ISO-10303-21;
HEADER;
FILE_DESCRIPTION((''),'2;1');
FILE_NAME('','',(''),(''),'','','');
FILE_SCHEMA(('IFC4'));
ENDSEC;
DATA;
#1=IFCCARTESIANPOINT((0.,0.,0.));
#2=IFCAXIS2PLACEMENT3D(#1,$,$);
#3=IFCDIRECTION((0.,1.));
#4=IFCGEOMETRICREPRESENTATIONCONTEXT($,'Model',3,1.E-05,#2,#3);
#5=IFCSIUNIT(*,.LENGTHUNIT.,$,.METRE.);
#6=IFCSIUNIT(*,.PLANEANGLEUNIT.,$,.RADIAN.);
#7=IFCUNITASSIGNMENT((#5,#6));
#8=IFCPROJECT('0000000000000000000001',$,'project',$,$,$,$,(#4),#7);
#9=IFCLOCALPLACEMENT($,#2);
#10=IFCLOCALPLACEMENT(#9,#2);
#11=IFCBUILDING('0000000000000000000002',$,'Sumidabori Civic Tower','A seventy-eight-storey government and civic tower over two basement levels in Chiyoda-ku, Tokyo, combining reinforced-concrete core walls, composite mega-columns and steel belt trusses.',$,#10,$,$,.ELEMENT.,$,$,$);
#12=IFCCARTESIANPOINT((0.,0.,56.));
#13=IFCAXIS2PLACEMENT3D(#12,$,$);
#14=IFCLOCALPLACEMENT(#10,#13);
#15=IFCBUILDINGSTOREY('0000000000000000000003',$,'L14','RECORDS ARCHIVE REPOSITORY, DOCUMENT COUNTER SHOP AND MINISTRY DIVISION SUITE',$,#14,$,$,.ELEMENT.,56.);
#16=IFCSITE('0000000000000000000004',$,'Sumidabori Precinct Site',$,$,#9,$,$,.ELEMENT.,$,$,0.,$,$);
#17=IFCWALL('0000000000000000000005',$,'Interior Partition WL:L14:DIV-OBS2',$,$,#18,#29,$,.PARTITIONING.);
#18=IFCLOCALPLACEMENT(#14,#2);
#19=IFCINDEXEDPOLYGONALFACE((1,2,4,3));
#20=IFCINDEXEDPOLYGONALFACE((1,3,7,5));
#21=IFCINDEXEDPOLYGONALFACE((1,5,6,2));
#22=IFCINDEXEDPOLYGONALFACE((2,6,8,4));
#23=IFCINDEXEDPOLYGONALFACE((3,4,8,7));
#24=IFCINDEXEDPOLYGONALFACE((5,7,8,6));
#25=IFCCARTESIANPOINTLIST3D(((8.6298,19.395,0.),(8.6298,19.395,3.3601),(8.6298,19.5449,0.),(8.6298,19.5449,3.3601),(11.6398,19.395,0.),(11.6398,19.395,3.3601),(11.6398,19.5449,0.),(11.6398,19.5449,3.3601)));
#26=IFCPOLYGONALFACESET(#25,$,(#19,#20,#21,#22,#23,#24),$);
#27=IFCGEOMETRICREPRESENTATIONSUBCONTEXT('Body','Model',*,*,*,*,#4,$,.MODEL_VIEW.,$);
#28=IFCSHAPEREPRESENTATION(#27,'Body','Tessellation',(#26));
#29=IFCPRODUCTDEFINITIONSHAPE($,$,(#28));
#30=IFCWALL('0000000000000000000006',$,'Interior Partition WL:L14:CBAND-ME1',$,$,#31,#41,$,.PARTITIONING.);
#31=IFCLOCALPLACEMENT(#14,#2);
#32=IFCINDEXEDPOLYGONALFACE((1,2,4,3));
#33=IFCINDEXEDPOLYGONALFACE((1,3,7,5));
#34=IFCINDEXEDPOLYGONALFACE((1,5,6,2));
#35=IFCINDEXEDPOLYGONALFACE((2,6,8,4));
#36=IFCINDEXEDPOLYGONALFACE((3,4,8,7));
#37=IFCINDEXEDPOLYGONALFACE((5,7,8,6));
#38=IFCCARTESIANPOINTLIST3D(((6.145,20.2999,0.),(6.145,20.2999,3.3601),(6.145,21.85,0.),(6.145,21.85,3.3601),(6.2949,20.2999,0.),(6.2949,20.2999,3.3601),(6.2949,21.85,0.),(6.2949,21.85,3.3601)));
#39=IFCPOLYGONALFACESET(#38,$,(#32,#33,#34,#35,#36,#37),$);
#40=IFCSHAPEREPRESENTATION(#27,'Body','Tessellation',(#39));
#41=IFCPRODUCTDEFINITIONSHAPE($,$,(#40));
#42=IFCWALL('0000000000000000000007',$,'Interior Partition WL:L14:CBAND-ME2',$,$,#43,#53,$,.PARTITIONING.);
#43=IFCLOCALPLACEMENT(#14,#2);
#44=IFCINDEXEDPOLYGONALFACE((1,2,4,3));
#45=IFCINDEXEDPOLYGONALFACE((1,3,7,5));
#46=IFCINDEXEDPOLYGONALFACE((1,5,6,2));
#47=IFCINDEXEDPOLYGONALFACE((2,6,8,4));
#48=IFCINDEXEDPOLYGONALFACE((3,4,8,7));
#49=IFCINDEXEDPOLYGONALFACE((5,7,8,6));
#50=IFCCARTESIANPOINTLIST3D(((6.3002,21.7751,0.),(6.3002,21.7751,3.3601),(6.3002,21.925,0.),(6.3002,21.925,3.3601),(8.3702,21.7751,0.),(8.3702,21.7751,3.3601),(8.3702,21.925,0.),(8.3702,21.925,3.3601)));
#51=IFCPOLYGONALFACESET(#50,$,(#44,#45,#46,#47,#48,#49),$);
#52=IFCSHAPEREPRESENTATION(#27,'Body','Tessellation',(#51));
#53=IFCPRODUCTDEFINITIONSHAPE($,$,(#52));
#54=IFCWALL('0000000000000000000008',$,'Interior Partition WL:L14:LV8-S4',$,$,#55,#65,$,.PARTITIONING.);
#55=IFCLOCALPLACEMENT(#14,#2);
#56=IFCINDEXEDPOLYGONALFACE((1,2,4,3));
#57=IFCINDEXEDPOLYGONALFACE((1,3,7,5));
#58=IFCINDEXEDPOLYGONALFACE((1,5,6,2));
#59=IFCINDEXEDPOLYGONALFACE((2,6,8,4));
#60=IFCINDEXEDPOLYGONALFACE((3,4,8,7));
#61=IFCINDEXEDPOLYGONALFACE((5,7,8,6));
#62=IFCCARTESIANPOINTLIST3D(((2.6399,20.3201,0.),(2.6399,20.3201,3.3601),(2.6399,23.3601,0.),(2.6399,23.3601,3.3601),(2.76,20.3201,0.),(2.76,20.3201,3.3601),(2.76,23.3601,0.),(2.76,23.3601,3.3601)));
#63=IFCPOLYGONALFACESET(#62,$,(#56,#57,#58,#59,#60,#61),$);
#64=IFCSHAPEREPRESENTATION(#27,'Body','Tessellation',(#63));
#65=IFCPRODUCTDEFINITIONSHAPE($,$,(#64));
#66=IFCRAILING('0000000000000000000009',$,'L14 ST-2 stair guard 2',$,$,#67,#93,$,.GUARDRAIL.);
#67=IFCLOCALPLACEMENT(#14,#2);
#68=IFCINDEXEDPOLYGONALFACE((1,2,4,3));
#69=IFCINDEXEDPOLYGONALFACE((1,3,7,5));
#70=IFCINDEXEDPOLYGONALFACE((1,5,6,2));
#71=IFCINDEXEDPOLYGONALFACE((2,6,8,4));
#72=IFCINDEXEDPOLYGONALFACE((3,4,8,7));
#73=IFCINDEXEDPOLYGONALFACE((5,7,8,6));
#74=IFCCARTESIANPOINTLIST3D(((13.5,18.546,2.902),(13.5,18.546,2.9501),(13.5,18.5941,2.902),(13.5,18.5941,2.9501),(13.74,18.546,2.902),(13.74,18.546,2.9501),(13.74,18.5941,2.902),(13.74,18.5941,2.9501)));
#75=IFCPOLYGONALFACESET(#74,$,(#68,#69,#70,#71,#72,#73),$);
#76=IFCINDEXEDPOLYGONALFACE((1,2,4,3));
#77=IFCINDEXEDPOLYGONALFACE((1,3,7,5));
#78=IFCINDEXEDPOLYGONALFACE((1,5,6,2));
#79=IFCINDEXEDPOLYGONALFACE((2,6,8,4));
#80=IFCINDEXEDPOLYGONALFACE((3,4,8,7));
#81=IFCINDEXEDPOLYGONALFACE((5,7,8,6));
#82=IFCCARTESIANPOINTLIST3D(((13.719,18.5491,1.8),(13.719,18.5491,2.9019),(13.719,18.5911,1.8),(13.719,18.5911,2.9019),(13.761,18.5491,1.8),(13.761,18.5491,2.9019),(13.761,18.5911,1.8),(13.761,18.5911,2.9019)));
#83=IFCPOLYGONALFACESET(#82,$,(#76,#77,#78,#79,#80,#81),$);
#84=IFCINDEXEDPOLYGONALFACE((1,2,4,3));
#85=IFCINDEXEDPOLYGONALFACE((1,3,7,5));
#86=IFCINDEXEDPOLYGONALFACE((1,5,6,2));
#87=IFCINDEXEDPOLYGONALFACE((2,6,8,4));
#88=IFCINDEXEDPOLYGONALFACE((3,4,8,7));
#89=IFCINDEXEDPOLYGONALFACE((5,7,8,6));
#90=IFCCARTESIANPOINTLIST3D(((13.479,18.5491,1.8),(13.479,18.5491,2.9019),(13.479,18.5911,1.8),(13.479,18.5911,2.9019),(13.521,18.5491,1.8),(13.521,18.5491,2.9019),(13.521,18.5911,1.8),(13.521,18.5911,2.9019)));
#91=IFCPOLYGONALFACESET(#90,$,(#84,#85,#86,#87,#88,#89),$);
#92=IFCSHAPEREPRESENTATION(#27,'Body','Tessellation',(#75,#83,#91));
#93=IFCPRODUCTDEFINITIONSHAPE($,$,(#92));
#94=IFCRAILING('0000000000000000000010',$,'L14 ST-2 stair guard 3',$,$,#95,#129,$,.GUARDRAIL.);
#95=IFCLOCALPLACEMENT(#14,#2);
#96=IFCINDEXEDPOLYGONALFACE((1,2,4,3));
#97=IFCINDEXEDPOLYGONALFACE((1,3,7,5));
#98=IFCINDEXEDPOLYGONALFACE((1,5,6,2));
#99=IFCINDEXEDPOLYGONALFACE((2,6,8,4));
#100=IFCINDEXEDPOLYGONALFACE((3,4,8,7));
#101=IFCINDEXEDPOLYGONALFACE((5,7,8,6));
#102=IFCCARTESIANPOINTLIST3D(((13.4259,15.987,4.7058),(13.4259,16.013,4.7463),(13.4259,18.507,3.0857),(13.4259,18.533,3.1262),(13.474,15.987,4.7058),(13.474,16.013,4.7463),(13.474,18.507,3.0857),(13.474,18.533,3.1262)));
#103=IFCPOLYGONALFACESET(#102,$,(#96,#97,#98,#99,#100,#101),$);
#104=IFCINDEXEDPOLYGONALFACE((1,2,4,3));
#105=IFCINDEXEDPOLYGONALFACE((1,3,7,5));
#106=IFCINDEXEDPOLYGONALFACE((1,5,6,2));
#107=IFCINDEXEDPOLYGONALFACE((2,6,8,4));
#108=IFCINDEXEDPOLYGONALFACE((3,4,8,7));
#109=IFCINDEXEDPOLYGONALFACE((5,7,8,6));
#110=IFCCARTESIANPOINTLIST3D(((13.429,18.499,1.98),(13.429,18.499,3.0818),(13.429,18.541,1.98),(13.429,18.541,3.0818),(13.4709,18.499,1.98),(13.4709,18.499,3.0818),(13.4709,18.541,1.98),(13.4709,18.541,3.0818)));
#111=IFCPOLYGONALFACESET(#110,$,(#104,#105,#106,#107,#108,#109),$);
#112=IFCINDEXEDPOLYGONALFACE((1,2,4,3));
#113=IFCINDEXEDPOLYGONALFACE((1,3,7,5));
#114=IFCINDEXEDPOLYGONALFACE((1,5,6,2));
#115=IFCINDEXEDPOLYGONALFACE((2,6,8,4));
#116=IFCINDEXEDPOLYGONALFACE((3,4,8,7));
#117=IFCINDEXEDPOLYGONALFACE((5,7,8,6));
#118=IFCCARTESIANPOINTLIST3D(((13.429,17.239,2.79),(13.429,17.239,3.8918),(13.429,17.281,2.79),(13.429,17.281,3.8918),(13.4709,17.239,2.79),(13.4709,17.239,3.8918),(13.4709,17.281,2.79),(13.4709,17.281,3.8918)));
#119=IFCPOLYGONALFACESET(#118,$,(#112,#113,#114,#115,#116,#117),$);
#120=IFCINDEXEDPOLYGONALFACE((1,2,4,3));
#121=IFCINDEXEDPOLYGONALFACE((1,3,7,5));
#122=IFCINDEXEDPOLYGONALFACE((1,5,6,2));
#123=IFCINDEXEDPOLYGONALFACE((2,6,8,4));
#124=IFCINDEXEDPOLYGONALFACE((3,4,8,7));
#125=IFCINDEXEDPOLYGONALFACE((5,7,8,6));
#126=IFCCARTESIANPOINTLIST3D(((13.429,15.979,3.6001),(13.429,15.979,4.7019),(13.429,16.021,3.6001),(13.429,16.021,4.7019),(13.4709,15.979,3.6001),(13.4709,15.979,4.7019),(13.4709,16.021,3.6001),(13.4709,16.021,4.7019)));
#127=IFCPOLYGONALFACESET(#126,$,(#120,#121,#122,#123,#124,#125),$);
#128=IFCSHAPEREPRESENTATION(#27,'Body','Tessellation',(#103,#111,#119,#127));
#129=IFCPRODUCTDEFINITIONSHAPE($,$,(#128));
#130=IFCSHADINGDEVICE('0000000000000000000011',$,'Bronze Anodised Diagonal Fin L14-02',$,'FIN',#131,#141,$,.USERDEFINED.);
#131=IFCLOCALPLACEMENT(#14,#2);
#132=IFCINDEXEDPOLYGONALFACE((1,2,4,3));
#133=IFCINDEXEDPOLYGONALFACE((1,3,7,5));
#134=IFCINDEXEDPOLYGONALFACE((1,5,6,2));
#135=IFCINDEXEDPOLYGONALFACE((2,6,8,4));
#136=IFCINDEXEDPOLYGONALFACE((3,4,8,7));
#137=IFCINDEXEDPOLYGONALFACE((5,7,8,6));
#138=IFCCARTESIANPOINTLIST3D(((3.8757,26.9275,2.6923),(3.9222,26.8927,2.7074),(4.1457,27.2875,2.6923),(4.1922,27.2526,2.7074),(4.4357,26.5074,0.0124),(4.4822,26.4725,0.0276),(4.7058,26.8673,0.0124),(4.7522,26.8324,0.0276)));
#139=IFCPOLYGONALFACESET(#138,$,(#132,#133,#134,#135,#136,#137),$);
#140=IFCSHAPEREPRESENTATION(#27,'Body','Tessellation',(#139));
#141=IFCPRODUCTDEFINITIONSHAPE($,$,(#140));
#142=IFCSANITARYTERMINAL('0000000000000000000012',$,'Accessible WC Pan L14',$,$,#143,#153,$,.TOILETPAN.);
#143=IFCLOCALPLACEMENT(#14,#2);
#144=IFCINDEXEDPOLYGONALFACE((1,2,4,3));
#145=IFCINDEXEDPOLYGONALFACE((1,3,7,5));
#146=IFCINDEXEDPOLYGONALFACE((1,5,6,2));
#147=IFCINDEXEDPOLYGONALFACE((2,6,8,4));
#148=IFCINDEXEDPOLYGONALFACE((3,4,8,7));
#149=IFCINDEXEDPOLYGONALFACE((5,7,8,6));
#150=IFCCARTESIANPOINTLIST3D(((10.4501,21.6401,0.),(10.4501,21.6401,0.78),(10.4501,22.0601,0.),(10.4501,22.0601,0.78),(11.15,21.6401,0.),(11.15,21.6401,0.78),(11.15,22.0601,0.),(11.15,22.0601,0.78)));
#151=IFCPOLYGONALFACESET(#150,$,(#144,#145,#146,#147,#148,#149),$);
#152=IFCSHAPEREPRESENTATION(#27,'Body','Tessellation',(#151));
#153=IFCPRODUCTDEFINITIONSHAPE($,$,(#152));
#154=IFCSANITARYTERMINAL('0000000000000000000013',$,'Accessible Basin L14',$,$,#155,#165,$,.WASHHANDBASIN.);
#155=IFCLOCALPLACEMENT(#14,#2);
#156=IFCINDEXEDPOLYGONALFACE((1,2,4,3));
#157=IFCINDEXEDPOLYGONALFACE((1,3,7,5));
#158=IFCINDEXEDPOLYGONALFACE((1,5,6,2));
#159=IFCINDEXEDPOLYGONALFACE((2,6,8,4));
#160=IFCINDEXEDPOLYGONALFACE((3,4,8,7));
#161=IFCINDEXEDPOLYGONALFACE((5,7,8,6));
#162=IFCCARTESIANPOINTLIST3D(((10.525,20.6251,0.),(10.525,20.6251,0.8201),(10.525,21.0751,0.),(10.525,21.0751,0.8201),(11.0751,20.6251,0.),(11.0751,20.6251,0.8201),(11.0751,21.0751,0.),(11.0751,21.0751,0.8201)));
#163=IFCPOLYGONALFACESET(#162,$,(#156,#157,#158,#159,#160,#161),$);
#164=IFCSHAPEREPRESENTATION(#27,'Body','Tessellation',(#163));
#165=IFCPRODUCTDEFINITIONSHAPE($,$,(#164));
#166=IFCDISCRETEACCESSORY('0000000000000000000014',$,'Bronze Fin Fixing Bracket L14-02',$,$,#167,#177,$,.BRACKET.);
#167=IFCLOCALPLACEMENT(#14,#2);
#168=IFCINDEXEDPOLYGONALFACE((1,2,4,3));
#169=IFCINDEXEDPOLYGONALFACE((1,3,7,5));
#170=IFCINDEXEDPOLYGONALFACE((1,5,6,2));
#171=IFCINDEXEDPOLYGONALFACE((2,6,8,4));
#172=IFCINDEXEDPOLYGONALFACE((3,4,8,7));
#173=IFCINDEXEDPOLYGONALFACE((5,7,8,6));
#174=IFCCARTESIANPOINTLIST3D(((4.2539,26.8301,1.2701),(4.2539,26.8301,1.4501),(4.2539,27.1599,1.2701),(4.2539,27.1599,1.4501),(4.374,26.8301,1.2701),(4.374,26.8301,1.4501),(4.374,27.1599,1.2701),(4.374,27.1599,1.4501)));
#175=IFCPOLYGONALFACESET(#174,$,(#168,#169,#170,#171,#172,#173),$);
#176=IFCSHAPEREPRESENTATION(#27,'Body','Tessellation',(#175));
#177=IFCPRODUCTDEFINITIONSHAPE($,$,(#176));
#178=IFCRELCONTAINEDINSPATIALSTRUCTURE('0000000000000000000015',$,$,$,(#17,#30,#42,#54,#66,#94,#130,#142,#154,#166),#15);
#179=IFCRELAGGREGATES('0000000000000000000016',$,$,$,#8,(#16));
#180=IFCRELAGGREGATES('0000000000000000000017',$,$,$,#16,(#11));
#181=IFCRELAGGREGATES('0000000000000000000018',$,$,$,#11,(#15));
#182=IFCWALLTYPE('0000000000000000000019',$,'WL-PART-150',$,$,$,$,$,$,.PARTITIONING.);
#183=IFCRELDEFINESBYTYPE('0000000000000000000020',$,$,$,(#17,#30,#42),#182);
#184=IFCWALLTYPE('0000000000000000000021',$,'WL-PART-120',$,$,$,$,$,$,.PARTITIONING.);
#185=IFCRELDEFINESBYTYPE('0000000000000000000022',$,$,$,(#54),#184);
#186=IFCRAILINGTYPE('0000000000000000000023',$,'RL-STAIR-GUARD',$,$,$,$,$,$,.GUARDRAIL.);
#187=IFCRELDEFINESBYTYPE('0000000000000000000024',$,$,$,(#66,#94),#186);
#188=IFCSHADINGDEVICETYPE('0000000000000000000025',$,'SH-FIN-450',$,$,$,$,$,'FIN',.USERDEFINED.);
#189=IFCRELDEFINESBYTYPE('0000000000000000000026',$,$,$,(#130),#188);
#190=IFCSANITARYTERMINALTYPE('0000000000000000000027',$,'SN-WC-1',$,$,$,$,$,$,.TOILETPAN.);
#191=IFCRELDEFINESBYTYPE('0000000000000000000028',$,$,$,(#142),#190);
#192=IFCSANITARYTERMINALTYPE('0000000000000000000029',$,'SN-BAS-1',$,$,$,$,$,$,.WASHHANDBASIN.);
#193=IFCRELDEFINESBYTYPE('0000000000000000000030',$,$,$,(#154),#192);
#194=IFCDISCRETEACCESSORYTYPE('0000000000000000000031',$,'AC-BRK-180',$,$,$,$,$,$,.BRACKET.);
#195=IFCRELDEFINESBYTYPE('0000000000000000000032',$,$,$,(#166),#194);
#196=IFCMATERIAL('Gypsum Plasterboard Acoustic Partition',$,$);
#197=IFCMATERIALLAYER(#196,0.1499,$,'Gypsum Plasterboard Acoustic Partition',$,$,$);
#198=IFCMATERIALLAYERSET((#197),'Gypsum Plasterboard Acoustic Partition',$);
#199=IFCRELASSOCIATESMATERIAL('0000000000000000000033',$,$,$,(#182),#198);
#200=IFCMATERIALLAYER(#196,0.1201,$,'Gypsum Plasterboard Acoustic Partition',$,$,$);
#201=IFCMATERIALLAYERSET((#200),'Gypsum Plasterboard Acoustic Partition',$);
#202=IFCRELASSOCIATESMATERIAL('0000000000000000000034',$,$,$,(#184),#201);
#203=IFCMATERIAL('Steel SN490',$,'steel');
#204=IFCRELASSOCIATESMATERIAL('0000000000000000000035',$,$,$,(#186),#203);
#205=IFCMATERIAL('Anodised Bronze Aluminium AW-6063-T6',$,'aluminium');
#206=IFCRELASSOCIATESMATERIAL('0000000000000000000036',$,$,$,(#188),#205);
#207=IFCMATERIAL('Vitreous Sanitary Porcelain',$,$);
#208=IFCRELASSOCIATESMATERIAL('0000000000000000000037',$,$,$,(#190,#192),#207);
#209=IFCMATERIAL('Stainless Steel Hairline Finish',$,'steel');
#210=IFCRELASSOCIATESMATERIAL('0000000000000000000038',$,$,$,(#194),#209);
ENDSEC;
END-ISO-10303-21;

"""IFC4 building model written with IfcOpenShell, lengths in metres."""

from ifc_helpers import new_model, si_unit, direction, frame, frame_2d, origin, origin_2d, place, context, subcontext, project, spatial, rectangle, extrude, source, transform, mapped, material, layer, layer_set, material_profile, profile_set, type_object, element, save


model = new_model("IFC4")

# Units and contexts
model_context = context("Model", 3, precision=1e-05, world=origin(), true_north=direction((0.0, 1.0)))
body_context = subcontext(model_context, "Body", "Model", "MODEL_VIEW")
ifc_project = project(units=[si_unit("LENGTHUNIT", "METRE"), si_unit("PLANEANGLEUNIT", "RADIAN")], contexts=[model_context])

# Site, building, storey
site_placement = place(None, origin())
site = spatial("IfcSite", under=ifc_project, at=site_placement, Name="Sumidabori Precinct Site", CompositionType="ELEMENT", RefElevation=0.0)
building_placement = place(site_placement, origin())
building = spatial("IfcBuilding", under=site, at=building_placement, Name="Sumidabori Civic Tower", Description="A seventy-eight-storey government and civic tower over two basement levels in Chiyoda-ku, Tokyo, combining reinforced-concrete core walls, composite mega-columns and steel belt trusses.", CompositionType="ELEMENT")
storey_placement = place(building_placement, frame((0.0, 0.0, 56.0)))
storey = spatial("IfcBuildingStorey", under=building, at=storey_placement, Name="L14", Description="RECORDS ARCHIVE REPOSITORY, DOCUMENT COUNTER SHOP AND MINISTRY DIVISION SUITE", CompositionType="ELEMENT", Elevation=56.0)

# Shared definitions
ifc_material_1 = material(Name="Steel SN490", Category="steel")

# Shared definitions
ifc_material_2 = material(Name="Anodised Bronze Aluminium AW-6063-T6", Category="aluminium")

# Walls
ifc_material_3 = material(Name="Gypsum Plasterboard Acoustic Partition")
ifc_layer_1 = layer(ifc_material_3, 0.1499, Name="Gypsum Plasterboard Acoustic Partition")
ifc_layer_set_1 = layer_set([ifc_layer_1], Name="Gypsum Plasterboard Acoustic Partition")
wall_type_1 = type_object("IfcWallType", Name="WL-PART-150", PredefinedType="PARTITIONING", material=ifc_layer_set_1)
shared_shape_1 = source(origin(), body_context, "Body", "SweptSolid", [
    extrude(rectangle(XDim=3.01, YDim=0.1499, at=frame_2d((1.5049, 0.0))), origin(), (0.0, 0.0, 1.0), 3.3601),
])
wall_1_placement = place(storey_placement, frame((8.6299, 19.47, 0.0), z_axis=(0.0, 0.0, 1.0), x_axis=(1.0, 0.0, 0.0)))
element("IfcWall", 1, at=wall_1_placement, inside=storey, type_object=wall_type_1, Name="Interior Partition WL:L14:DIV-OBS2", PredefinedType="PARTITIONING", context=body_context, shape_type="MappedRepresentation", body=[
    mapped(shared_shape_1, transform((0.0, 0.0, 0.0), x_axis=(1.0, 0.0, 0.0), y_axis=(0.0, 1.0, 0.0), z_axis=(0.0, 0.0, 1.0), scale=1.0)),
])
shared_shape_2 = source(origin(), body_context, "Body", "SweptSolid", [
    extrude(rectangle(XDim=1.55, YDim=0.1499, at=frame_2d((0.7749, 0.0))), origin(), (0.0, 0.0, 1.0), 3.3601),
])
wall_2_placement = place(storey_placement, frame((6.22, 20.3, 0.0), z_axis=(0.0, 0.0, 1.0), x_axis=(0.0, 1.0, 0.0)))
element("IfcWall", 2, at=wall_2_placement, inside=storey, type_object=wall_type_1, Name="Interior Partition WL:L14:CBAND-ME1", PredefinedType="PARTITIONING", context=body_context, shape_type="MappedRepresentation", body=[
    mapped(shared_shape_2, transform((0.0, 0.0, 0.0), x_axis=(1.0, 0.0, 0.0), y_axis=(0.0, 1.0, 0.0), z_axis=(0.0, 0.0, 1.0), scale=1.0)),
])
shared_shape_3 = source(origin(), body_context, "Body", "SweptSolid", [
    extrude(rectangle(XDim=2.0701, YDim=0.1499, at=frame_2d((1.0352, 0.0))), origin(), (0.0, 0.0, 1.0), 3.3601),
])
wall_3_placement = place(storey_placement, frame((6.3, 21.8501, 0.0), z_axis=(0.0, 0.0, 1.0), x_axis=(1.0, 0.0, 0.0)))
element("IfcWall", 3, at=wall_3_placement, inside=storey, type_object=wall_type_1, Name="Interior Partition WL:L14:CBAND-ME2", PredefinedType="PARTITIONING", context=body_context, shape_type="MappedRepresentation", body=[
    mapped(shared_shape_3, transform((0.0, 0.0, 0.0), x_axis=(1.0, 0.0, 0.0), y_axis=(0.0, 1.0, 0.0), z_axis=(0.0, 0.0, 1.0), scale=1.0)),
])
ifc_layer_2 = layer(ifc_material_3, 0.1201, Name="Gypsum Plasterboard Acoustic Partition")
ifc_layer_set_2 = layer_set([ifc_layer_2], Name="Gypsum Plasterboard Acoustic Partition")
wall_type_2 = type_object("IfcWallType", Name="WL-PART-120", PredefinedType="PARTITIONING", material=ifc_layer_set_2)
shared_shape_4 = source(origin(), body_context, "Body", "SweptSolid", [
    extrude(rectangle(XDim=3.04, YDim=0.1201, at=frame_2d((1.52, 0.0))), origin(), (0.0, 0.0, 1.0), 3.3601),
])
wall_4_placement = place(storey_placement, frame((2.7, 20.3201, 0.0), z_axis=(0.0, 0.0, 1.0), x_axis=(0.0, 1.0, 0.0)))
element("IfcWall", 4, at=wall_4_placement, inside=storey, type_object=wall_type_2, Name="Interior Partition WL:L14:LV8-S4", PredefinedType="PARTITIONING", context=body_context, shape_type="MappedRepresentation", body=[
    mapped(shared_shape_4, transform((0.0, 0.0, 0.0), x_axis=(1.0, 0.0, 0.0), y_axis=(0.0, 1.0, 0.0), z_axis=(0.0, 0.0, 1.0), scale=1.0)),
])

# Railings
railing_type = type_object("IfcRailingType", Name="RL-STAIR-GUARD", PredefinedType="GUARDRAIL", material=ifc_material_1)
railing_1_placement = place(storey_placement, frame((13.74, 18.5701, 1.8)))
element("IfcRailing", 5, at=railing_1_placement, inside=storey, type_object=railing_type, Name="L14 ST-2 stair guard 2", PredefinedType="GUARDRAIL", context=body_context, shape_type="SweptSolid", body=[
    extrude(rectangle(XDim=0.0481, YDim=0.0481, at=origin_2d()), frame((0.0, 0.0, 1.126), z_axis=(-1.0, 0.0, 0.0), x_axis=(0.0, -1.0, 0.0)), (0.0, 0.0, 1.0), 0.24),
    extrude(rectangle(XDim=0.042, YDim=0.042, at=origin_2d()), origin(), (0.0, 0.0, 1.0), 1.1018),
    extrude(rectangle(XDim=0.042, YDim=0.042, at=origin_2d()), frame((-0.24, 0.0, 0.0)), (0.0, 0.0, 1.0), 1.1018),
])
railing_2_placement = place(storey_placement, frame((13.45, 18.52, 1.98)))
element("IfcRailing", 6, at=railing_2_placement, inside=storey, type_object=railing_type, Name="L14 ST-2 stair guard 3", PredefinedType="GUARDRAIL", context=body_context, shape_type="SweptSolid", body=[
    extrude(rectangle(XDim=0.0481, YDim=0.0481, at=origin_2d()), frame((0.0, 0.0, 1.126), z_axis=(0.0, -0.841163, 0.540782), x_axis=(1.0, 0.0, 0.0)), (0.0, 0.0, 1.0), 2.9958),
    extrude(rectangle(XDim=0.042, YDim=0.042, at=origin_2d()), origin(), (0.0, 0.0, 1.0), 1.1018),
    extrude(rectangle(XDim=0.042, YDim=0.042, at=origin_2d()), frame((0.0, -1.26, 0.8101)), (0.0, 0.0, 1.0), 1.1018),
    extrude(rectangle(XDim=0.042, YDim=0.042, at=origin_2d()), frame((0.0, -2.52, 1.6201)), (0.0, 0.0, 1.0), 1.1018),
])

# Shading device
ifc_material_profile_1 = material_profile(ifc_material_2, rectangle(XDim=0.0601, YDim=0.45, at=origin_2d()), Name="BRONZE FIN 450x60")
ifc_profile_set_1 = profile_set([ifc_material_profile_1], Name="Anodised Bronze Aluminium AW-6063-T6")
shading_device_type = type_object("IfcShadingDeviceType", Name="SH-FIN-450", ElementType="FIN", PredefinedType="USERDEFINED", material=ifc_profile_set_1)
shared_shape_5 = source(origin(), body_context, "Body", "SweptSolid", [
    extrude(rectangle(XDim=0.0601, YDim=0.45, at=origin_2d()), origin(), (0.0, 0.0, 1.0), 2.7698),
])
shading_device_placement = place(storey_placement, frame((4.594, 26.6699, 0.02), z_axis=(-0.202196, 0.151691, 0.967526), x_axis=(0.77394, -0.580624, 0.252771)))
element("IfcShadingDevice", 7, at=shading_device_placement, inside=storey, type_object=shading_device_type, Name="Bronze Anodised Diagonal Fin L14-02", ObjectType="FIN", PredefinedType="USERDEFINED", context=body_context, shape_type="MappedRepresentation", body=[
    mapped(shared_shape_5, transform((0.0, 0.0, 0.0), x_axis=(1.0, 0.0, 0.0), y_axis=(0.0, 1.0, 0.0), z_axis=(0.0, 0.0, 1.0), scale=1.0)),
])

# Sanitary terminals
ifc_material_4 = material(Name="Vitreous Sanitary Porcelain")
sanitary_terminal_type_1 = type_object("IfcSanitaryTerminalType", Name="SN-WC-1", PredefinedType="TOILETPAN", material=ifc_material_4)
shared_shape_6 = source(origin(), body_context, "Body", "SweptSolid", [
    extrude(rectangle(XDim=0.7, YDim=0.4199, at=origin_2d()), origin(), (0.0, 0.0, 1.0), 0.78),
])
sanitary_terminal_1_placement = place(storey_placement, frame((10.8, 21.8501, 0.0), z_axis=(0.0, 0.0, 1.0), x_axis=(1.0, 0.0, 0.0)))
element("IfcSanitaryTerminal", 8, at=sanitary_terminal_1_placement, inside=storey, type_object=sanitary_terminal_type_1, Name="Accessible WC Pan L14", PredefinedType="TOILETPAN", context=body_context, shape_type="MappedRepresentation", body=[
    mapped(shared_shape_6, transform((0.0, 0.0, 0.0), x_axis=(1.0, 0.0, 0.0), y_axis=(0.0, 1.0, 0.0), z_axis=(0.0, 0.0, 1.0), scale=1.0)),
])
sanitary_terminal_type_2 = type_object("IfcSanitaryTerminalType", Name="SN-BAS-1", PredefinedType="WASHHANDBASIN", material=ifc_material_4)
shared_shape_7 = source(origin(), body_context, "Body", "SweptSolid", [
    extrude(rectangle(XDim=0.55, YDim=0.45, at=origin_2d()), origin(), (0.0, 0.0, 1.0), 0.8201),
])
sanitary_terminal_2_placement = place(storey_placement, frame((10.8, 20.8501, 0.0), z_axis=(0.0, 0.0, 1.0), x_axis=(1.0, 0.0, 0.0)))
element("IfcSanitaryTerminal", 9, at=sanitary_terminal_2_placement, inside=storey, type_object=sanitary_terminal_type_2, Name="Accessible Basin L14", PredefinedType="WASHHANDBASIN", context=body_context, shape_type="MappedRepresentation", body=[
    mapped(shared_shape_7, transform((0.0, 0.0, 0.0), x_axis=(1.0, 0.0, 0.0), y_axis=(0.0, 1.0, 0.0), z_axis=(0.0, 0.0, 1.0), scale=1.0)),
])

# Discrete accessory
ifc_material_5 = material(Name="Stainless Steel Hairline Finish", Category="steel")
ifc_material_profile_2 = material_profile(ifc_material_5, rectangle(XDim=0.1201, YDim=0.1799, at=origin_2d()), Name="STEEL BRACKET 180x120")
ifc_profile_set_2 = profile_set([ifc_material_profile_2], Name="Stainless Steel Hairline Finish")
discrete_accessory_type = type_object("IfcDiscreteAccessoryType", Name="AC-BRK-180", PredefinedType="BRACKET", material=ifc_profile_set_2)
shared_shape_8 = source(origin(), body_context, "Body", "SweptSolid", [
    extrude(rectangle(XDim=0.1201, YDim=0.1799, at=origin_2d()), origin(), (0.0, 0.0, 1.0), 0.3298),
])
discrete_accessory_placement = place(storey_placement, frame((4.314, 26.8301, 1.3601), z_axis=(0.0, 1.0, 0.0), x_axis=(-1.0, 0.0, 0.0)))
element("IfcDiscreteAccessory", 10, at=discrete_accessory_placement, inside=storey, type_object=discrete_accessory_type, Name="Bronze Fin Fixing Bracket L14-02", PredefinedType="BRACKET", context=body_context, shape_type="MappedRepresentation", body=[
    mapped(shared_shape_8, transform((0.0, 0.0, 0.0), x_axis=(1.0, 0.0, 0.0), y_axis=(0.0, 1.0, 0.0), z_axis=(0.0, 0.0, 1.0), scale=1.0)),
])

save(model, "model.ifc")
